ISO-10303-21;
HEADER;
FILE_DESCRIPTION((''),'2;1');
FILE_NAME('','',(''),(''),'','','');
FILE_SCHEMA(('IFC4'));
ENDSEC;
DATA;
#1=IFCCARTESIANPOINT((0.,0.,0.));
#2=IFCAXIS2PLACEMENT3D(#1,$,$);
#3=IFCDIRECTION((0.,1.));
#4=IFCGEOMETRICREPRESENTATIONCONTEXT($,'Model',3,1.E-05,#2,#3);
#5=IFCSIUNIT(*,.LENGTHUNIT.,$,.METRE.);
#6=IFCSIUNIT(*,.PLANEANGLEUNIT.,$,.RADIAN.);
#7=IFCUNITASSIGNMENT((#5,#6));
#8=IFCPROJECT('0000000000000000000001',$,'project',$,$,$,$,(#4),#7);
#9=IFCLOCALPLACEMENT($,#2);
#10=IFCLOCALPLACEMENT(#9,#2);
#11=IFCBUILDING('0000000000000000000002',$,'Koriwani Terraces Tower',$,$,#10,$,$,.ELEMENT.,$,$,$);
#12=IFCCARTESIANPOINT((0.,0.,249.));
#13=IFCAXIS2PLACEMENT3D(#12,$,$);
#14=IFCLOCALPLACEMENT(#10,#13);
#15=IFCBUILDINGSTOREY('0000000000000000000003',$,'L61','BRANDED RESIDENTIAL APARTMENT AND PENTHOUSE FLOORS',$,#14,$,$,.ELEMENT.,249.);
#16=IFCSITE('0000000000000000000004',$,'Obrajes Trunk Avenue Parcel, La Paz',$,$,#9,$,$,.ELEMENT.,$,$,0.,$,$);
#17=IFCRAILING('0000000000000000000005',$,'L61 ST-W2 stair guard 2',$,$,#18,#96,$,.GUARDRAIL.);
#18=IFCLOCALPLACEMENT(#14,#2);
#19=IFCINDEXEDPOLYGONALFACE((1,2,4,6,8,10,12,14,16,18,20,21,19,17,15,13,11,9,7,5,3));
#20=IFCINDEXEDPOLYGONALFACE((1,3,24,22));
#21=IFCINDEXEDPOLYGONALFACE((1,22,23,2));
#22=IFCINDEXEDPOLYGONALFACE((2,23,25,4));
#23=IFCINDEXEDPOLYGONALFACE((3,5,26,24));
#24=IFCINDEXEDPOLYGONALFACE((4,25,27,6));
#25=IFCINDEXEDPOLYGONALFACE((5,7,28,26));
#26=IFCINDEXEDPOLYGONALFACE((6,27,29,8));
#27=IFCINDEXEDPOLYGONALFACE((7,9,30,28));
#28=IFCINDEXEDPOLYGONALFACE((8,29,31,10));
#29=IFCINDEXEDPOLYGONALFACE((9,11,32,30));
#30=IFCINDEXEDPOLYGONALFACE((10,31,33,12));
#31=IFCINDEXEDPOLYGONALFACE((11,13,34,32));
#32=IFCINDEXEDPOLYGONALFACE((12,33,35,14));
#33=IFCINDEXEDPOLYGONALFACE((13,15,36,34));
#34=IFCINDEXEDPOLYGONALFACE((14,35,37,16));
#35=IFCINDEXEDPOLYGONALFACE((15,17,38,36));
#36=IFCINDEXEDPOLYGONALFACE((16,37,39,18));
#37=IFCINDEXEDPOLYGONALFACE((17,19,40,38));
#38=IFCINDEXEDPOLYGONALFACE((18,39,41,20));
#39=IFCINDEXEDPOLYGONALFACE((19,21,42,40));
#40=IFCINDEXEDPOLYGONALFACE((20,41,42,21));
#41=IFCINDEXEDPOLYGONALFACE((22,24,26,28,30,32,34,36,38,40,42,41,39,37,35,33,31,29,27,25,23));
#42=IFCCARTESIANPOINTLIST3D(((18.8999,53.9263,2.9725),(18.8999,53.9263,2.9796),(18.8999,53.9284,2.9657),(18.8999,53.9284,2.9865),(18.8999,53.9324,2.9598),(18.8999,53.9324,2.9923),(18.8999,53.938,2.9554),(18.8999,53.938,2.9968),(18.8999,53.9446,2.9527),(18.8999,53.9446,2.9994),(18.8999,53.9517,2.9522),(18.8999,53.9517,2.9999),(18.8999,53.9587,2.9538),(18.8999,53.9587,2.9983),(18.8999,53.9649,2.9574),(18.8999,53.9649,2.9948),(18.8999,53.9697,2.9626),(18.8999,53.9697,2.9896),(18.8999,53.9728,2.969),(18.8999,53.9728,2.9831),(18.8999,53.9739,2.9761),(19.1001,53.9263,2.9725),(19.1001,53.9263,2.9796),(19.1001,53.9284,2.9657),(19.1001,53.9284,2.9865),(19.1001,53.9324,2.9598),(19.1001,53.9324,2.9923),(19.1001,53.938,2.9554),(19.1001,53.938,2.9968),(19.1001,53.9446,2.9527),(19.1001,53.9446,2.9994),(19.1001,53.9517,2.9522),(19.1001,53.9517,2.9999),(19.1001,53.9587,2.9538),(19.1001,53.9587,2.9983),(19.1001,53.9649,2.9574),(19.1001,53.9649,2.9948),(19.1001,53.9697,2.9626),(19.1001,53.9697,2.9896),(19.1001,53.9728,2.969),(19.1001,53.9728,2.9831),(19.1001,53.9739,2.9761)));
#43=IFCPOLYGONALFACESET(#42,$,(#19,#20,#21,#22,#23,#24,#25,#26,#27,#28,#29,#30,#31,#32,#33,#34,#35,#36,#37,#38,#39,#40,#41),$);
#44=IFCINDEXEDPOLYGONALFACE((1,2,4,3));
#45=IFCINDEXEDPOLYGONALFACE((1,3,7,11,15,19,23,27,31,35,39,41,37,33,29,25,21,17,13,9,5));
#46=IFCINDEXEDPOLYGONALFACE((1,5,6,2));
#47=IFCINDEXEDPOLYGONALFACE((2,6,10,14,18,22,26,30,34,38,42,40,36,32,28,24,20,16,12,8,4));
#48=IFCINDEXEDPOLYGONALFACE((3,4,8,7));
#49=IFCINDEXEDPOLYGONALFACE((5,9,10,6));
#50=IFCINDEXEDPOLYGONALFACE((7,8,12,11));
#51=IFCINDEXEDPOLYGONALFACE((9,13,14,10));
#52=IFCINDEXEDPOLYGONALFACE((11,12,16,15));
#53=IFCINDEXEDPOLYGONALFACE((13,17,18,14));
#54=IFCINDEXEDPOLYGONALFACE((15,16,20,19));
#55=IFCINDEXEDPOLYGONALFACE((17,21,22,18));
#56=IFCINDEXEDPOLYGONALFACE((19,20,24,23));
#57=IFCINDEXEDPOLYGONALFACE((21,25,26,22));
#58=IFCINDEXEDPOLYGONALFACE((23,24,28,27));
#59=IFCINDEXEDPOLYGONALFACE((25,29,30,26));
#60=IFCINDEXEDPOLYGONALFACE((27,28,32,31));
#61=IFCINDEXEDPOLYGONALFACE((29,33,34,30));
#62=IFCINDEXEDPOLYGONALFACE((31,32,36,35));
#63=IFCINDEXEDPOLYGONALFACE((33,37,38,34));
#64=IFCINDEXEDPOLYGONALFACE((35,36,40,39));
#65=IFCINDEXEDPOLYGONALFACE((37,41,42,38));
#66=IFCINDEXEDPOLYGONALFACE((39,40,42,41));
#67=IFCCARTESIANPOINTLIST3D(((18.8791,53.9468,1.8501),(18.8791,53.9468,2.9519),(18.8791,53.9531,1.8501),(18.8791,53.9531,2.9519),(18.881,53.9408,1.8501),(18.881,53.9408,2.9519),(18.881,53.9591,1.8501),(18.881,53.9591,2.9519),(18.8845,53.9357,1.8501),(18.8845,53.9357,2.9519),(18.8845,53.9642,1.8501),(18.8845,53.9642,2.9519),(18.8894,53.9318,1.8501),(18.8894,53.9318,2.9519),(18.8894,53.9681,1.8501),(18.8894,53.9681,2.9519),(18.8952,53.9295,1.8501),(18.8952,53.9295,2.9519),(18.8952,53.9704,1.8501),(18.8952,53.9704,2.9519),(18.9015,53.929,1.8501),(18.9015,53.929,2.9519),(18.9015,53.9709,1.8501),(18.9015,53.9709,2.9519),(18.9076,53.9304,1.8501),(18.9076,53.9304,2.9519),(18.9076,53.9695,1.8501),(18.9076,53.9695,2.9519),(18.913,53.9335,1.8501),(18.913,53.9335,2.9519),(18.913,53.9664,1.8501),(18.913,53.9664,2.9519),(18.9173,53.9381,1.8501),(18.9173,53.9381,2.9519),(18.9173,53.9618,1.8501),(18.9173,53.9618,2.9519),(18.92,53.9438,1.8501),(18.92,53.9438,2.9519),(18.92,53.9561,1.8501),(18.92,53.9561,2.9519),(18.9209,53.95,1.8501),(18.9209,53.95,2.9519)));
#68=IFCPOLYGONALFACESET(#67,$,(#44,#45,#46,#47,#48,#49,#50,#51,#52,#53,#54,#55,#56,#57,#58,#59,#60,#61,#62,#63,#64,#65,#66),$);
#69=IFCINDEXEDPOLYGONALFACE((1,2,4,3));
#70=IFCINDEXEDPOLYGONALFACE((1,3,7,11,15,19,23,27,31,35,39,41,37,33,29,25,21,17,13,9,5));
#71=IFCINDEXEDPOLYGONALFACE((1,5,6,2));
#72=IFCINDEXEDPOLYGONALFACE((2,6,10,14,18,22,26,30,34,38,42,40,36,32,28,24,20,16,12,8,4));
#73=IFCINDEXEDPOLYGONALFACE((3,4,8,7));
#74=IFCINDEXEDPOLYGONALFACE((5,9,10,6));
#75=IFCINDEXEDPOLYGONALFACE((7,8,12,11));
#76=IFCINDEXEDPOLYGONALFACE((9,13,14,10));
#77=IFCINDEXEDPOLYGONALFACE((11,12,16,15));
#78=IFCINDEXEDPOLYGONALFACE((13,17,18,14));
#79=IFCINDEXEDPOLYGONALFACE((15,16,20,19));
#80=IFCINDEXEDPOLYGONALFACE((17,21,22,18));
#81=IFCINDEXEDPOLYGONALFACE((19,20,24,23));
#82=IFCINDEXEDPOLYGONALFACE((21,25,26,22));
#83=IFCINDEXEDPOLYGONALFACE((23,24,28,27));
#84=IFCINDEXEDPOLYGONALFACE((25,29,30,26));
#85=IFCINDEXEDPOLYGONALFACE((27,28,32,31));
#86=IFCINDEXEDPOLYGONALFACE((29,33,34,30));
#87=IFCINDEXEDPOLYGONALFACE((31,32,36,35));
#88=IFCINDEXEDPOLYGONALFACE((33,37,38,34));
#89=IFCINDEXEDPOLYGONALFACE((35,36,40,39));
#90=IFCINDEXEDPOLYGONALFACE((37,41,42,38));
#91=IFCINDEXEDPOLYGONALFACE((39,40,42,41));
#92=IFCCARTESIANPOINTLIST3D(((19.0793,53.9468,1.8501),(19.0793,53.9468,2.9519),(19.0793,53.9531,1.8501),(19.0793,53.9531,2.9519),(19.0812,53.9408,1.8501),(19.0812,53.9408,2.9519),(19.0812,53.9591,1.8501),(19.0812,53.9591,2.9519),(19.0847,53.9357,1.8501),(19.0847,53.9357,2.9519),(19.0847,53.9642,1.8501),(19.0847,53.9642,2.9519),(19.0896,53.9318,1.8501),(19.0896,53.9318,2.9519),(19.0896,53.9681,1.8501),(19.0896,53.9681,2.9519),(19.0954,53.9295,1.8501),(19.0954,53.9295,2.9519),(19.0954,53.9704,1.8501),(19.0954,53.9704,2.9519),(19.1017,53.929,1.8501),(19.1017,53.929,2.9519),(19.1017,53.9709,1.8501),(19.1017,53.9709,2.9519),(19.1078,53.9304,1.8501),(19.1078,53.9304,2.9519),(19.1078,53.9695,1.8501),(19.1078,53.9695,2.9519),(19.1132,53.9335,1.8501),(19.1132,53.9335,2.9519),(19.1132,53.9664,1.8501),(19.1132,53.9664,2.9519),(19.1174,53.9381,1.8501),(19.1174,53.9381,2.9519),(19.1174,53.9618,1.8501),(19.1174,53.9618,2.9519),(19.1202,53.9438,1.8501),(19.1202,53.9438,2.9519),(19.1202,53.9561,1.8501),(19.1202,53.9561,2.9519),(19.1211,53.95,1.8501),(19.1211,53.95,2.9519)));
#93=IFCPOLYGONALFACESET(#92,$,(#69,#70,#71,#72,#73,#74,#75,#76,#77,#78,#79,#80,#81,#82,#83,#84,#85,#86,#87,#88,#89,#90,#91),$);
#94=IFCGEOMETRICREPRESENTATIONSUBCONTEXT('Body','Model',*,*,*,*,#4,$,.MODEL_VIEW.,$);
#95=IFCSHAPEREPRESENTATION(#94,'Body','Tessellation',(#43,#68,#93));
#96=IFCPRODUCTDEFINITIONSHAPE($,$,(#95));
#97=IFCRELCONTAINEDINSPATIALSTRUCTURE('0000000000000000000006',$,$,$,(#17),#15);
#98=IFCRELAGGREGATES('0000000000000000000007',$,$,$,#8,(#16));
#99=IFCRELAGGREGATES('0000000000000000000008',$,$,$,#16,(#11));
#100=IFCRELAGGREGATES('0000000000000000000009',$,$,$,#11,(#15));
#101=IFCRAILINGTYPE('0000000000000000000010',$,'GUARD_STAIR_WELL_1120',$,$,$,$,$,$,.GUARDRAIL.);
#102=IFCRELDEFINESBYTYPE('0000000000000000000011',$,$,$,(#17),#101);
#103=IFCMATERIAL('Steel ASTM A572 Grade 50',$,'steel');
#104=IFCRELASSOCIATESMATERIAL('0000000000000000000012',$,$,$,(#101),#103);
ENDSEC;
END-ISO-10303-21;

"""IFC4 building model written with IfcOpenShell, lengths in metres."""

from ifc_helpers import new_model, si_unit, direction, frame, origin, origin_2d, place, context, subcontext, project, spatial, circle, extrude, material, type_object, element, save


model = new_model("IFC4")

# Units and contexts
model_context = context("Model", 3, precision=1e-05, world=origin(), true_north=direction((0.0, 1.0)))
body_context = subcontext(model_context, "Body", "Model", "MODEL_VIEW")
ifc_project = project(units=[si_unit("LENGTHUNIT", "METRE"), si_unit("PLANEANGLEUNIT", "RADIAN")], contexts=[model_context])

# Site, building, storey
site_placement = place(None, origin())
site = spatial("IfcSite", under=ifc_project, at=site_placement, Name="Obrajes Trunk Avenue Parcel, La Paz", CompositionType="ELEMENT", RefElevation=0.0)
building_placement = place(site_placement, origin())
building = spatial("IfcBuilding", under=site, at=building_placement, Name="Koriwani Terraces Tower", CompositionType="ELEMENT")
storey_placement = place(building_placement, frame((0.0, 0.0, 249.0)))
storey = spatial("IfcBuildingStorey", under=building, at=storey_placement, Name="L61", Description="BRANDED RESIDENTIAL APARTMENT AND PENTHOUSE FLOORS", CompositionType="ELEMENT", Elevation=249.0)

# Shared definitions
ifc_material_1 = material(Name="Steel ASTM A572 Grade 50", Category="steel")

# Railing
railing_type_1 = type_object("IfcRailingType", Name="GUARD_STAIR_WELL_1120", PredefinedType="GUARDRAIL", material=ifc_material_1)
railing_1_placement = place(storey_placement, frame((18.8999, 53.95, 1.8501)))
element("IfcRailing", 1, at=railing_1_placement, inside=storey, type_object=railing_type_1, Name="L61 ST-W2 stair guard 2", PredefinedType="GUARDRAIL", context=body_context, shape_type="SweptSolid", body=[
    extrude(circle(Radius=0.0239, at=origin_2d()), frame((0.0, 0.0, 1.126), z_axis=(1.0, 0.0, 0.0), x_axis=(0.0, 1.0, 0.0)), (0.0, 0.0, 1.0), 0.2002),
    extrude(circle(Radius=0.021, at=origin_2d()), origin(), (0.0, 0.0, 1.0), 1.1018),
    extrude(circle(Radius=0.021, at=origin_2d()), frame((0.2002, 0.0, 0.0)), (0.0, 0.0, 1.0), 1.1018),
])

save(model, "model.ifc")
